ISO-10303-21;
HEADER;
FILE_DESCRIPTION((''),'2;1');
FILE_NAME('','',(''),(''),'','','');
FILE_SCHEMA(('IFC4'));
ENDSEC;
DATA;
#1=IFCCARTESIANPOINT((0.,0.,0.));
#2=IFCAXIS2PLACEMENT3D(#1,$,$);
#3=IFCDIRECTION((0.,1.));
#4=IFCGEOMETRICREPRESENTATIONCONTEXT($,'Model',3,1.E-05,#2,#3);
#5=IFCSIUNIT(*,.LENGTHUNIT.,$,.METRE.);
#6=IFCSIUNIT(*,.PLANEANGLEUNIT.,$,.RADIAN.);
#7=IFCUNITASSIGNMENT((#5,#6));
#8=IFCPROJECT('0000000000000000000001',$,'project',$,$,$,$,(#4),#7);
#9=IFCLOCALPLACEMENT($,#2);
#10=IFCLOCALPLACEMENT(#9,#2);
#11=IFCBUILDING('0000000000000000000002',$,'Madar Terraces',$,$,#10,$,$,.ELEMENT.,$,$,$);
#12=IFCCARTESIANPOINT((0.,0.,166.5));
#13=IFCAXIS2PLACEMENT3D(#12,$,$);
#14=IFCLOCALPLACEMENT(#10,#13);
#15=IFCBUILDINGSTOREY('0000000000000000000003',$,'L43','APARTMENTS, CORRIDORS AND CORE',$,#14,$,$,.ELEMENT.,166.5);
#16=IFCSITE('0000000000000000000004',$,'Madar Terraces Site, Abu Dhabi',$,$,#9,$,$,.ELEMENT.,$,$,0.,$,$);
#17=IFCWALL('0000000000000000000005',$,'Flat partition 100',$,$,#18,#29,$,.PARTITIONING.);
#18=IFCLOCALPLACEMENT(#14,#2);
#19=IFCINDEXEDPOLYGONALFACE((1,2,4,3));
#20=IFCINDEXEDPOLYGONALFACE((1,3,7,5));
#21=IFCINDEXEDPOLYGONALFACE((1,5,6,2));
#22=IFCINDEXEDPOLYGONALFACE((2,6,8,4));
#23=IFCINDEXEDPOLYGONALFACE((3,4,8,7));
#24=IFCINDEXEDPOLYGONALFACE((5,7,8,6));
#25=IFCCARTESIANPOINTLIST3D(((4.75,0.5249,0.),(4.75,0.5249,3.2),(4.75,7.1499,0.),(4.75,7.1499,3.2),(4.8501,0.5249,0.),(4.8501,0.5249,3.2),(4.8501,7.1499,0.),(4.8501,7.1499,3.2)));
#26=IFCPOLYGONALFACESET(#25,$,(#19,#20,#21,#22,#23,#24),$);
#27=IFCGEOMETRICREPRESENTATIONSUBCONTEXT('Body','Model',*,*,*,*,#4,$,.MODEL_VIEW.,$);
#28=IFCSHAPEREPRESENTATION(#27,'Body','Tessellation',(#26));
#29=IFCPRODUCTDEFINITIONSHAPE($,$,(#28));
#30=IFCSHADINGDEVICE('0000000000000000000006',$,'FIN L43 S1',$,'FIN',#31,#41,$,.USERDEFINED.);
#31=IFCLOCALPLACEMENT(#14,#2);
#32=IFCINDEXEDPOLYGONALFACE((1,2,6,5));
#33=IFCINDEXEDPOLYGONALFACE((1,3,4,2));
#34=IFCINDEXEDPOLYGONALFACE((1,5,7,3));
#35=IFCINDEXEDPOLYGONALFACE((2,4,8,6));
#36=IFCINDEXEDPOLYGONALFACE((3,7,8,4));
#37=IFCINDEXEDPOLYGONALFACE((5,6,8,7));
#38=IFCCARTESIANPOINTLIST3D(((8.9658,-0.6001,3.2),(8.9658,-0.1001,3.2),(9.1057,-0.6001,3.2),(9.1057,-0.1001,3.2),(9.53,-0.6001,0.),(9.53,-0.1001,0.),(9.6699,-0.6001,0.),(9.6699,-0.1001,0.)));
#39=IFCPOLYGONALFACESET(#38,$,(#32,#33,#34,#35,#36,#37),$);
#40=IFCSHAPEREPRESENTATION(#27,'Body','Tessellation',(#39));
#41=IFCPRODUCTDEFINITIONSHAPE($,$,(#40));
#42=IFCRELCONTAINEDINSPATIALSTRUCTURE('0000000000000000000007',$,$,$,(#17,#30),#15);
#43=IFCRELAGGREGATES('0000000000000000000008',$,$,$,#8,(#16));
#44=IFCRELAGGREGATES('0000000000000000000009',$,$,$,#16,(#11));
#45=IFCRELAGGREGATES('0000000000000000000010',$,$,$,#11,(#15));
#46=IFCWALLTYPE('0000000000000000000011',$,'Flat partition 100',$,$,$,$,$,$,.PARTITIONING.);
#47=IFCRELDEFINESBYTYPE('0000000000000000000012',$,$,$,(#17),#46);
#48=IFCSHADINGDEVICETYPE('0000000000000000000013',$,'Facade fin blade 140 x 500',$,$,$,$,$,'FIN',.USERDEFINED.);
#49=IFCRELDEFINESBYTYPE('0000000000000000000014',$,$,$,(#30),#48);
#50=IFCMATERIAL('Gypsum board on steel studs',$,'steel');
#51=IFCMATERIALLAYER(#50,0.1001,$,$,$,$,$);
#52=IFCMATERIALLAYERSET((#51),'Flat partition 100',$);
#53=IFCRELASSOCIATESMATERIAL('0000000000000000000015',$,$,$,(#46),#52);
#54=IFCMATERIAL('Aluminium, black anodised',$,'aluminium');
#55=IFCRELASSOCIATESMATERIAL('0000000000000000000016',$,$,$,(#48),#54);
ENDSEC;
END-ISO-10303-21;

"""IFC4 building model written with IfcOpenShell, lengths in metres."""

from ifc_helpers import new_model, si_unit, direction, frame, frame_2d, origin, place, context, subcontext, project, spatial, polyline, rectangle, outline, extrude, material, layer, layer_set, type_object, element, save


model = new_model("IFC4")

# Units and contexts
model_context = context("Model", 3, precision=1e-05, world=origin(), true_north=direction((0.0, 1.0)))
body_context = subcontext(model_context, "Body", "Model", "MODEL_VIEW")
ifc_project = project(units=[si_unit("LENGTHUNIT", "METRE"), si_unit("PLANEANGLEUNIT", "RADIAN")], contexts=[model_context])

# Site, building, storey
site_placement = place(None, origin())
site = spatial("IfcSite", under=ifc_project, at=site_placement, Name="Madar Terraces Site, Abu Dhabi", CompositionType="ELEMENT", RefElevation=0.0)
building_placement = place(site_placement, origin())
building = spatial("IfcBuilding", under=site, at=building_placement, Name="Madar Terraces", CompositionType="ELEMENT")
storey_placement = place(building_placement, frame((0.0, 0.0, 166.5)))
storey = spatial("IfcBuildingStorey", under=building, at=storey_placement, Name="L43", Description="APARTMENTS, CORRIDORS AND CORE", CompositionType="ELEMENT", Elevation=166.5)

# Wall
ifc_material_1 = material(Name="Gypsum board on steel studs", Category="steel")
ifc_layer_1 = layer(ifc_material_1, 0.1001)
ifc_layer_set_1 = layer_set([ifc_layer_1], Name="Flat partition 100")
wall_type_1 = type_object("IfcWallType", Name="Flat partition 100", PredefinedType="PARTITIONING", material=ifc_layer_set_1)
wall_1_placement = place(storey_placement, frame((4.8, 7.1499, 0.0), z_axis=(0.0, 0.0, 1.0), x_axis=(0.0, -1.0, 0.0)))
element("IfcWall", 1, at=wall_1_placement, inside=storey, type_object=wall_type_1, Name="Flat partition 100", PredefinedType="PARTITIONING", context=body_context, shape_type="SweptSolid", body=[
    extrude(rectangle(XDim=6.625, YDim=0.1001, at=frame_2d((3.3125, 0.0))), origin(), (0.0, 0.0, 1.0), 3.2),
])

# Shading device
ifc_material_2 = material(Name="Aluminium, black anodised", Category="aluminium")
shading_device_type = type_object("IfcShadingDeviceType", Name="Facade fin blade 140 x 500", ElementType="FIN", PredefinedType="USERDEFINED", material=ifc_material_2)
shading_device_placement = place(storey_placement, frame((9.53, -0.3501, 0.0), z_axis=(0.0, 0.0, 1.0), x_axis=(1.0, 0.0, 0.0)))
element("IfcShadingDevice", 2, at=shading_device_placement, inside=storey, type_object=shading_device_type, Name="FIN L43 S1", ObjectType="FIN", PredefinedType="USERDEFINED", context=body_context, shape_type="SweptSolid", body=[
    extrude(outline(polyline([(0.0, 0.0), (0.1399, 0.0), (-0.4243, 3.2), (-0.5642, 3.2), (0.0, 0.0)])), frame((0.0, 0.25, 0.0), z_axis=(0.0, -1.0, 0.0), x_axis=(1.0, 0.0, 0.0)), (0.0, 0.0, 1.0), 0.5),
])

save(model, "model.ifc")
